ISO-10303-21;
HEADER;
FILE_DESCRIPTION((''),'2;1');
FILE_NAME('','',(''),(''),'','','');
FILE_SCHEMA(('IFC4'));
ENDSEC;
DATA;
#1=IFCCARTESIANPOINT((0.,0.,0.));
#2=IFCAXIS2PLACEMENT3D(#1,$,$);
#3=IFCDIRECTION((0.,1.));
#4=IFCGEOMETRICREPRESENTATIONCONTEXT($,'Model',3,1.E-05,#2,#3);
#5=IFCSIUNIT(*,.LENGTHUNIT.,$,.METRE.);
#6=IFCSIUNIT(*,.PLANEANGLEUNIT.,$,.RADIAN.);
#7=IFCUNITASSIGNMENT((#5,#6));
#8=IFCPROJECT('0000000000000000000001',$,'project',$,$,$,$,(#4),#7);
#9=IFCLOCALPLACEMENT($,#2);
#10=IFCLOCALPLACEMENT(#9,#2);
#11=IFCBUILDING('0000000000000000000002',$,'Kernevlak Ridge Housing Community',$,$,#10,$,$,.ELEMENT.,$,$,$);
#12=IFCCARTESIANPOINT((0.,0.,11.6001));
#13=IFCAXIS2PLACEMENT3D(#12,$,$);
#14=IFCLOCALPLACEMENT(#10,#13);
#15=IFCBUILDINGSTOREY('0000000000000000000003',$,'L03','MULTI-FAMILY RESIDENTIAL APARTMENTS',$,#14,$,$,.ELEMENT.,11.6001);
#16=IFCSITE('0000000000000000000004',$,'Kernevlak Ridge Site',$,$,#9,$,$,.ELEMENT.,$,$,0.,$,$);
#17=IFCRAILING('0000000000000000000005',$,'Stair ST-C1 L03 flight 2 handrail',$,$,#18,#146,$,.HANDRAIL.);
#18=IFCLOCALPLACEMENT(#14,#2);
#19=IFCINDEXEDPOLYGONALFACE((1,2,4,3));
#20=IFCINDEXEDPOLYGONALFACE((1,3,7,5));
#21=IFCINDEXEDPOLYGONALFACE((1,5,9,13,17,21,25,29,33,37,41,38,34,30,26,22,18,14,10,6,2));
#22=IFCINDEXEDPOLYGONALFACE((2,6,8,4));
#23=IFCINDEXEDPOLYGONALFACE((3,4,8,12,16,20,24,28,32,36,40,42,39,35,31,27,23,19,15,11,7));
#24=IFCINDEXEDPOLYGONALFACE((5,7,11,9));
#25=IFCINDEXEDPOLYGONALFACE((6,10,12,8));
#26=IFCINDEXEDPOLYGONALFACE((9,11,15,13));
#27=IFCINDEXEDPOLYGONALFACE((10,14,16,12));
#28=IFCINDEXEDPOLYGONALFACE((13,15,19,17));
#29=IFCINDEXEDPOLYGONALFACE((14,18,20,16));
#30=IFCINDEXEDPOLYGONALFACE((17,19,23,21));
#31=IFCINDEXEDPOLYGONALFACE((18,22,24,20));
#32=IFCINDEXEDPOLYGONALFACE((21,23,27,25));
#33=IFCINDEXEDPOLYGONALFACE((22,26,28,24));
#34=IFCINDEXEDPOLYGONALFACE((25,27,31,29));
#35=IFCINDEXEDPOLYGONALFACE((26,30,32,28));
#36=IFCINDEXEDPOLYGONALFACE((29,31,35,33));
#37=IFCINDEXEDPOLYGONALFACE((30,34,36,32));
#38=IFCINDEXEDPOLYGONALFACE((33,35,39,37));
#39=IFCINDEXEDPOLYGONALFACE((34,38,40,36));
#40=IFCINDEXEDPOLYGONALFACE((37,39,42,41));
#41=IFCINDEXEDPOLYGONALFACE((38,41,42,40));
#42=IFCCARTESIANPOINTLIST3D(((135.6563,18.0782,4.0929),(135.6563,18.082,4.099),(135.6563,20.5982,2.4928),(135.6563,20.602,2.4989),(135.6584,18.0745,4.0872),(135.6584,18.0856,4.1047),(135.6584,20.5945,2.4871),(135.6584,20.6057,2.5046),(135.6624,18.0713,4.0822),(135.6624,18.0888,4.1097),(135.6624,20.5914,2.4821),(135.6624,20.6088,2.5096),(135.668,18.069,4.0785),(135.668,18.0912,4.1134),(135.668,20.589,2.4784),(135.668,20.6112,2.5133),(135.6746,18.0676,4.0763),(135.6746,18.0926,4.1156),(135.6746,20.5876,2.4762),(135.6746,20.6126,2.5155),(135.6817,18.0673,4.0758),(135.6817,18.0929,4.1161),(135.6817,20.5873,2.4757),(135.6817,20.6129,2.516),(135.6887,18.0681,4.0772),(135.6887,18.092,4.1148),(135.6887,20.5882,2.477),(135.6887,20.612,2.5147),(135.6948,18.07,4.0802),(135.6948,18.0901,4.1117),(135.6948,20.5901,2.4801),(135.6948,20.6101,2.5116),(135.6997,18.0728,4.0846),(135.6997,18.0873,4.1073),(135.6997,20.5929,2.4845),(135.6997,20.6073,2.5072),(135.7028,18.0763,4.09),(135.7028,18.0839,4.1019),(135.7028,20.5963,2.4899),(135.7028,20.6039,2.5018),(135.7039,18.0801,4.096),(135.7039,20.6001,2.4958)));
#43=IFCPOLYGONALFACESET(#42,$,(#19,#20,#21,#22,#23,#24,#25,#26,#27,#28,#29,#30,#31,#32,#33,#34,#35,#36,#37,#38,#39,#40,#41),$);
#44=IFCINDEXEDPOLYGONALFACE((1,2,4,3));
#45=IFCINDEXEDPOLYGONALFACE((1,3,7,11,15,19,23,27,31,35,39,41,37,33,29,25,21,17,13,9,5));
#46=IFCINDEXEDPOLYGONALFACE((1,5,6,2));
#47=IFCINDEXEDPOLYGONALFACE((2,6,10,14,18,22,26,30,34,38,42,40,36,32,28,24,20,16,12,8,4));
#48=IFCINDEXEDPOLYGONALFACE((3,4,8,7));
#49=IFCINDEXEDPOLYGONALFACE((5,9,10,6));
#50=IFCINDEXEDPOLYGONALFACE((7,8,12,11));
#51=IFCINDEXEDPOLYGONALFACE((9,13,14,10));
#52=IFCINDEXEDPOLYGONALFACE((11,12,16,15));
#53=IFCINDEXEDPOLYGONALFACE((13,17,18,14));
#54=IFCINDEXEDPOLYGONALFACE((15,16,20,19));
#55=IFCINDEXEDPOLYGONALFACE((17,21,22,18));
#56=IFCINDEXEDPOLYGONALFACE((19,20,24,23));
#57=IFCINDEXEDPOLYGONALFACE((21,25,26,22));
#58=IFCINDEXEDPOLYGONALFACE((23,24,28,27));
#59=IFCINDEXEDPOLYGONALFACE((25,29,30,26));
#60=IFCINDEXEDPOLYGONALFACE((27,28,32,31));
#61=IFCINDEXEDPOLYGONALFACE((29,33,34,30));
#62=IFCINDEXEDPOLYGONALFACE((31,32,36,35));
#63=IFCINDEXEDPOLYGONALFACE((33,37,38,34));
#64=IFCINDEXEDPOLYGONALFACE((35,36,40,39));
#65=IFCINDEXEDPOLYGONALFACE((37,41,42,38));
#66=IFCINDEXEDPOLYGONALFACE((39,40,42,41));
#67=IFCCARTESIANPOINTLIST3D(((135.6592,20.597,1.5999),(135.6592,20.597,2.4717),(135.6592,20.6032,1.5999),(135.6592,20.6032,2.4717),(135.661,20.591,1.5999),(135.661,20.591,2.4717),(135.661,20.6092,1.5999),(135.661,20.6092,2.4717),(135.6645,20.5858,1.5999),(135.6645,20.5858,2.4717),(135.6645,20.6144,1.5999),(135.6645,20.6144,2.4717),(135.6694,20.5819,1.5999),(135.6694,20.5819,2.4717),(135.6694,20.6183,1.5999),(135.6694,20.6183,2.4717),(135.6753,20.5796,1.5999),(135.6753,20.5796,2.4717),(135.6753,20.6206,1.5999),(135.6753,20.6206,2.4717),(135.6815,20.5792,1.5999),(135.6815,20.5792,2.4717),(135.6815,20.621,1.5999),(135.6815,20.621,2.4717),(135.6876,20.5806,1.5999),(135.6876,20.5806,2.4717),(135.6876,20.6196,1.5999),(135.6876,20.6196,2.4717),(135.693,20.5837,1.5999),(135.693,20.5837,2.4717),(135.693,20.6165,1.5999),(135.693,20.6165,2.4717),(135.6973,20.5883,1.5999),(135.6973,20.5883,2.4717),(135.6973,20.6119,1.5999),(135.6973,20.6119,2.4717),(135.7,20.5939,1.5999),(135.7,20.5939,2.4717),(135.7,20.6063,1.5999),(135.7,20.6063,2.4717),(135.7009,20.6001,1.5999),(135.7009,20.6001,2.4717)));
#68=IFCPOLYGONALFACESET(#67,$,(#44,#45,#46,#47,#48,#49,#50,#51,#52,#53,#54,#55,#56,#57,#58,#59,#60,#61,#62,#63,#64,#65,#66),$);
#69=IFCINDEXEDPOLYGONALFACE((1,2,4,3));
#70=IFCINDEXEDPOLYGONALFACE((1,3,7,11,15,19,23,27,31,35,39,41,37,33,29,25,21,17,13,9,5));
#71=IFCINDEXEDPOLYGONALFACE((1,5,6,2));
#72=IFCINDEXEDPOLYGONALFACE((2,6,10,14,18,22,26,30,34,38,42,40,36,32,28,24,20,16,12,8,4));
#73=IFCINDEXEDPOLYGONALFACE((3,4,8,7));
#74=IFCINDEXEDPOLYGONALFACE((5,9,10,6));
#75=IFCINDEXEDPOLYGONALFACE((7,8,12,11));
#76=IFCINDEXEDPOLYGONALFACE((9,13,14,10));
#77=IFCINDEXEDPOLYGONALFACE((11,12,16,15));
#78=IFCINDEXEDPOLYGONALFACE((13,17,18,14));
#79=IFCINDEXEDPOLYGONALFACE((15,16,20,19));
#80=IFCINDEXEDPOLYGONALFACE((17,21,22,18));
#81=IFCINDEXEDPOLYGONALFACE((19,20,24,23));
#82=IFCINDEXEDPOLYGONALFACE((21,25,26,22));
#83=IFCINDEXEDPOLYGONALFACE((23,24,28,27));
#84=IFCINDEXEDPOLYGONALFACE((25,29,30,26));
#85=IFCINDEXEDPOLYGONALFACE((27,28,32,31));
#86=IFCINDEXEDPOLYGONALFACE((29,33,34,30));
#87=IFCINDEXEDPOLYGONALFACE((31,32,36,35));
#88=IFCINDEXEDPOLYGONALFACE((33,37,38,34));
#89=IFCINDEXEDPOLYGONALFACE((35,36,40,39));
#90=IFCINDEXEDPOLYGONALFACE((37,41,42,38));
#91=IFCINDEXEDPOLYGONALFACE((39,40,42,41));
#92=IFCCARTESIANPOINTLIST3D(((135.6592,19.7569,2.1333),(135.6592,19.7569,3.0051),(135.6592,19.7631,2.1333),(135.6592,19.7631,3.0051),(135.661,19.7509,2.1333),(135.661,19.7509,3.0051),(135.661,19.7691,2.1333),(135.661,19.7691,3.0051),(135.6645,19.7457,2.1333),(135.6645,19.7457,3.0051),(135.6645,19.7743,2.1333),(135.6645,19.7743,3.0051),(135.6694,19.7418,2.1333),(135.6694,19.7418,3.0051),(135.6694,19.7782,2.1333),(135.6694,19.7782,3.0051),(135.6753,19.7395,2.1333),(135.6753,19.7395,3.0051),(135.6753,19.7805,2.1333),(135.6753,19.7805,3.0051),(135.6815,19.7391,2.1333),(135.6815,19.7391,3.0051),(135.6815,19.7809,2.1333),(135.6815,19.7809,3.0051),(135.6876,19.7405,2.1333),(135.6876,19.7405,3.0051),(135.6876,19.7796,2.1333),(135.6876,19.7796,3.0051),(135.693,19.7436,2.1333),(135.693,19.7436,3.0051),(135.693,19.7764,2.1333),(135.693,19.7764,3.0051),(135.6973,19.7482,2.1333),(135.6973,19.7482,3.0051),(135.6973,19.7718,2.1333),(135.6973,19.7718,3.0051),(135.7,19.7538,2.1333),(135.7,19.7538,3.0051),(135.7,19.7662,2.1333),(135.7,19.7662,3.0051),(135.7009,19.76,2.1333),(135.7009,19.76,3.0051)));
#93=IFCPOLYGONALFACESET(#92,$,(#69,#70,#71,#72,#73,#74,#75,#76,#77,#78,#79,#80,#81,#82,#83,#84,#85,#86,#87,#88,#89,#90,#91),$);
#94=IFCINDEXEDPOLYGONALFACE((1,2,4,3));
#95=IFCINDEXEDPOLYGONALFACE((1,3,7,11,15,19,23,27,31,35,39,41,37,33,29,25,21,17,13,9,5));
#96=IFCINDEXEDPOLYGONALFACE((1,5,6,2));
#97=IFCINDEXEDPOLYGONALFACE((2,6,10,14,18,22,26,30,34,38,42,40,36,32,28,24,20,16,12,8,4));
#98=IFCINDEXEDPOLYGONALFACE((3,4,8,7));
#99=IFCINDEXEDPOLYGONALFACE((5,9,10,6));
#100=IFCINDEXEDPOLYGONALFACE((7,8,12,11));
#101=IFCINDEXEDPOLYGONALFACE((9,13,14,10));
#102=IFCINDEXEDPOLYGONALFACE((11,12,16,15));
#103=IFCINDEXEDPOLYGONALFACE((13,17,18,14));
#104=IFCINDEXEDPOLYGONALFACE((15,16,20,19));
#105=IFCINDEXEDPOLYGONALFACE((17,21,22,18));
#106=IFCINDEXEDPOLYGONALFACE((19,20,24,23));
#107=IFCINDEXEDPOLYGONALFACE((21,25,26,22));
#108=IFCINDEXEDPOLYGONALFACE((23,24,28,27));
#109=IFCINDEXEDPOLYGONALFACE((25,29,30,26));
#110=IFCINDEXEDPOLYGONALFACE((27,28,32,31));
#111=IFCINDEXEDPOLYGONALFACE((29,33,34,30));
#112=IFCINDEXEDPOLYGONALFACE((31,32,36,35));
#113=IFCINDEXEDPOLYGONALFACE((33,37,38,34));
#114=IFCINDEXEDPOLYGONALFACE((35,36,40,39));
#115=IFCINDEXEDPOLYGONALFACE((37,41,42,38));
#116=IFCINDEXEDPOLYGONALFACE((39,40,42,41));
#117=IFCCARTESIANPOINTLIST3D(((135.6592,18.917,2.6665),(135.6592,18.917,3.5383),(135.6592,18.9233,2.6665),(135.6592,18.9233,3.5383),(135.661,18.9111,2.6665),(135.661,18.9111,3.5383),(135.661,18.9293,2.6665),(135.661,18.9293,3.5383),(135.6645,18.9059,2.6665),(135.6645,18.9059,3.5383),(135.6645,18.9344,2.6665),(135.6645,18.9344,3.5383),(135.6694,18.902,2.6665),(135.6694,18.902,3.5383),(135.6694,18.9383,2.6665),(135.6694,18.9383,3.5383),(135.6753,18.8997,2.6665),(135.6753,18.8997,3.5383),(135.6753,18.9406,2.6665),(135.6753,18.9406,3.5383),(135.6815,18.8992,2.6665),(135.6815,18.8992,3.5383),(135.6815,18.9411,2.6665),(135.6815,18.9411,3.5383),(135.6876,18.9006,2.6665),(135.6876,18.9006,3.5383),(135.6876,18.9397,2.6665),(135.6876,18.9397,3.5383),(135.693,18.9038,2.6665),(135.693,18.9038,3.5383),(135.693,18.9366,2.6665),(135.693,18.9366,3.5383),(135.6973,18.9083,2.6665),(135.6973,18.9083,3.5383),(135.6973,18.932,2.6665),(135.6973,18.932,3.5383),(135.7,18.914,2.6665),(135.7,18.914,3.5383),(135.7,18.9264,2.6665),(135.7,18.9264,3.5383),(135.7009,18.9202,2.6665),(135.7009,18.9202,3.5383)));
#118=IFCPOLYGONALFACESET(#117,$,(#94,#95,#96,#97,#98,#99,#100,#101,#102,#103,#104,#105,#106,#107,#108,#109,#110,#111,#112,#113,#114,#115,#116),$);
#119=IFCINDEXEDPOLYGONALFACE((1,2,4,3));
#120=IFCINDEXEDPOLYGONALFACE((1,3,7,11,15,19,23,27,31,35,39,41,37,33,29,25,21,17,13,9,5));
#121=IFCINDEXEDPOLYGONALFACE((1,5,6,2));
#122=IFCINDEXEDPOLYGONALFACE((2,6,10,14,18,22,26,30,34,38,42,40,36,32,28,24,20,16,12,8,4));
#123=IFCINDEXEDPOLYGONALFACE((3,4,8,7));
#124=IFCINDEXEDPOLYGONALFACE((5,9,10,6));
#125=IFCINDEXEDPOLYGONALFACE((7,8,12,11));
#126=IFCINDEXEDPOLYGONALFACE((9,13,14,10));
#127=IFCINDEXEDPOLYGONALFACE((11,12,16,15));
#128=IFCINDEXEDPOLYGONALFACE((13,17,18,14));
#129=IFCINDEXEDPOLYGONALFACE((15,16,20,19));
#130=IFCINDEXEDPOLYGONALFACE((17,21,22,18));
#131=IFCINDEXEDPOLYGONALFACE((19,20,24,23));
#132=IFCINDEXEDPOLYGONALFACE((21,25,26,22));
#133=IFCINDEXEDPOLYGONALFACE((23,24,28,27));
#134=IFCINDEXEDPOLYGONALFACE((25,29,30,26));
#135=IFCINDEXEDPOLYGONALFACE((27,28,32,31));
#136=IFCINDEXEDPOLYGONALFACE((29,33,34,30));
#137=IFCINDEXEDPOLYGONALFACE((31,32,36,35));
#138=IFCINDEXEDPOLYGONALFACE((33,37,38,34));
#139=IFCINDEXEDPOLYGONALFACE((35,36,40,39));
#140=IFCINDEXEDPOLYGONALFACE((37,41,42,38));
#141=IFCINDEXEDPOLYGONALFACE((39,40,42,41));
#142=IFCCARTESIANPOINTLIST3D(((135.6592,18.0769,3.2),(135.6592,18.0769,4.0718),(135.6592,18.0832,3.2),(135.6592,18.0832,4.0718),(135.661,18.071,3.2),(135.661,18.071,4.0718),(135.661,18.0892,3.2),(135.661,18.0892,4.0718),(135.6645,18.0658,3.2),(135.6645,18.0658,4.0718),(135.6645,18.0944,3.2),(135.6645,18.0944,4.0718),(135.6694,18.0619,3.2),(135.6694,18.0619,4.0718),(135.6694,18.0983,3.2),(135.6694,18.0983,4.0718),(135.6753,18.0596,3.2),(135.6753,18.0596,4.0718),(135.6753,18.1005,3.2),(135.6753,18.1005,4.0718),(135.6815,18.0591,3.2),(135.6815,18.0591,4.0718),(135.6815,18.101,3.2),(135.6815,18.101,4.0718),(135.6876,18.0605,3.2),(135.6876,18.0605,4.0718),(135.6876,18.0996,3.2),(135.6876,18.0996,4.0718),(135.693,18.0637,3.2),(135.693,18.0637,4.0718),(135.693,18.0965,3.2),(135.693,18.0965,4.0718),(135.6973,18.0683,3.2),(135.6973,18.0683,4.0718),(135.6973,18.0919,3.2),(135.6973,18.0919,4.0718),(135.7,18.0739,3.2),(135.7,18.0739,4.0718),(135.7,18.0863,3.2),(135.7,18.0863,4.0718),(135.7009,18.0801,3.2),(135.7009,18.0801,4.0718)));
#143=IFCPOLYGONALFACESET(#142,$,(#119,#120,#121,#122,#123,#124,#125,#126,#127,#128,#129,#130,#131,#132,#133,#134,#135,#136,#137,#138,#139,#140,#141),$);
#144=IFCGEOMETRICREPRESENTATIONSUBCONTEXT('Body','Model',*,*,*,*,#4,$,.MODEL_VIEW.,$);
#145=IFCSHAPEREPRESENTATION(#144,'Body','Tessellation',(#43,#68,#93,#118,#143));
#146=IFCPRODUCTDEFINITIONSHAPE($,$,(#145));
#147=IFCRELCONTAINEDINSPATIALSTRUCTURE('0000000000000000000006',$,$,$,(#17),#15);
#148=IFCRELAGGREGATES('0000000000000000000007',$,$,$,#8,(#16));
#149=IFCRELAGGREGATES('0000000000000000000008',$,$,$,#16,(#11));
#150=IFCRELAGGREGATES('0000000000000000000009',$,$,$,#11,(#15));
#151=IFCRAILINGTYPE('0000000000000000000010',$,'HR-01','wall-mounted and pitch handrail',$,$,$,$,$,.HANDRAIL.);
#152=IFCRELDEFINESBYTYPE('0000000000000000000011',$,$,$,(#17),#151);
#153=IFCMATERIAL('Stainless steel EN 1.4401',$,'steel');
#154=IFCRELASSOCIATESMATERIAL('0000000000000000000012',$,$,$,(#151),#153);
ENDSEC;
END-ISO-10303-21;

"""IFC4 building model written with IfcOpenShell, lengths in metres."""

from ifc_helpers import new_model, si_unit, direction, frame, origin, origin_2d, place, context, subcontext, project, spatial, circle, extrude, material, type_object, element, save


model = new_model("IFC4")

# Units and contexts
model_context = context("Model", 3, precision=1e-05, world=origin(), true_north=direction((0.0, 1.0)))
body_context = subcontext(model_context, "Body", "Model", "MODEL_VIEW")
ifc_project = project(units=[si_unit("LENGTHUNIT", "METRE"), si_unit("PLANEANGLEUNIT", "RADIAN")], contexts=[model_context])

# Site, building, storey
site_placement = place(None, origin())
site = spatial("IfcSite", under=ifc_project, at=site_placement, Name="Kernevlak Ridge Site", CompositionType="ELEMENT", RefElevation=0.0)
building_placement = place(site_placement, origin())
building = spatial("IfcBuilding", under=site, at=building_placement, Name="Kernevlak Ridge Housing Community", CompositionType="ELEMENT")
storey_placement = place(building_placement, frame((0.0, 0.0, 11.6001)))
storey = spatial("IfcBuildingStorey", under=building, at=storey_placement, Name="L03", Description="MULTI-FAMILY RESIDENTIAL APARTMENTS", CompositionType="ELEMENT", Elevation=11.6001)

# Shared definitions
ifc_material_1 = material(Name="Stainless steel EN 1.4401", Category="steel")

# Railing
railing_type = type_object("IfcRailingType", Name="HR-01", Description="wall-mounted and pitch handrail", PredefinedType="HANDRAIL", material=ifc_material_1)
railing_placement = place(storey_placement, frame((135.6799, 20.6001, 1.5999)))
element("IfcRailing", 1, at=railing_placement, inside=storey, type_object=railing_type, Name="Stair ST-C1 L03 flight 2 handrail", PredefinedType="HANDRAIL", context=body_context, shape_type="SweptSolid", body=[
    extrude(circle(Radius=0.0239, at=origin_2d()), frame((0.0, 0.0, 0.896), z_axis=(0.0, -0.8442, 0.536028), x_axis=(1.0, 0.0, 0.0)), (0.0, 0.0, 1.0), 2.9851),
    extrude(circle(Radius=0.021, at=origin_2d()), origin(), (0.0, 0.0, 1.0), 0.8718),
    extrude(circle(Radius=0.021, at=origin_2d()), frame((0.0, -0.8401, 0.5334)), (0.0, 0.0, 1.0), 0.8718),
    extrude(circle(Radius=0.021, at=origin_2d()), frame((0.0, -1.6799, 1.0667)), (0.0, 0.0, 1.0), 0.8718),
    extrude(circle(Radius=0.021, at=origin_2d()), frame((0.0, -2.52, 1.6001)), (0.0, 0.0, 1.0), 0.8718),
])

save(model, "model.ifc")
